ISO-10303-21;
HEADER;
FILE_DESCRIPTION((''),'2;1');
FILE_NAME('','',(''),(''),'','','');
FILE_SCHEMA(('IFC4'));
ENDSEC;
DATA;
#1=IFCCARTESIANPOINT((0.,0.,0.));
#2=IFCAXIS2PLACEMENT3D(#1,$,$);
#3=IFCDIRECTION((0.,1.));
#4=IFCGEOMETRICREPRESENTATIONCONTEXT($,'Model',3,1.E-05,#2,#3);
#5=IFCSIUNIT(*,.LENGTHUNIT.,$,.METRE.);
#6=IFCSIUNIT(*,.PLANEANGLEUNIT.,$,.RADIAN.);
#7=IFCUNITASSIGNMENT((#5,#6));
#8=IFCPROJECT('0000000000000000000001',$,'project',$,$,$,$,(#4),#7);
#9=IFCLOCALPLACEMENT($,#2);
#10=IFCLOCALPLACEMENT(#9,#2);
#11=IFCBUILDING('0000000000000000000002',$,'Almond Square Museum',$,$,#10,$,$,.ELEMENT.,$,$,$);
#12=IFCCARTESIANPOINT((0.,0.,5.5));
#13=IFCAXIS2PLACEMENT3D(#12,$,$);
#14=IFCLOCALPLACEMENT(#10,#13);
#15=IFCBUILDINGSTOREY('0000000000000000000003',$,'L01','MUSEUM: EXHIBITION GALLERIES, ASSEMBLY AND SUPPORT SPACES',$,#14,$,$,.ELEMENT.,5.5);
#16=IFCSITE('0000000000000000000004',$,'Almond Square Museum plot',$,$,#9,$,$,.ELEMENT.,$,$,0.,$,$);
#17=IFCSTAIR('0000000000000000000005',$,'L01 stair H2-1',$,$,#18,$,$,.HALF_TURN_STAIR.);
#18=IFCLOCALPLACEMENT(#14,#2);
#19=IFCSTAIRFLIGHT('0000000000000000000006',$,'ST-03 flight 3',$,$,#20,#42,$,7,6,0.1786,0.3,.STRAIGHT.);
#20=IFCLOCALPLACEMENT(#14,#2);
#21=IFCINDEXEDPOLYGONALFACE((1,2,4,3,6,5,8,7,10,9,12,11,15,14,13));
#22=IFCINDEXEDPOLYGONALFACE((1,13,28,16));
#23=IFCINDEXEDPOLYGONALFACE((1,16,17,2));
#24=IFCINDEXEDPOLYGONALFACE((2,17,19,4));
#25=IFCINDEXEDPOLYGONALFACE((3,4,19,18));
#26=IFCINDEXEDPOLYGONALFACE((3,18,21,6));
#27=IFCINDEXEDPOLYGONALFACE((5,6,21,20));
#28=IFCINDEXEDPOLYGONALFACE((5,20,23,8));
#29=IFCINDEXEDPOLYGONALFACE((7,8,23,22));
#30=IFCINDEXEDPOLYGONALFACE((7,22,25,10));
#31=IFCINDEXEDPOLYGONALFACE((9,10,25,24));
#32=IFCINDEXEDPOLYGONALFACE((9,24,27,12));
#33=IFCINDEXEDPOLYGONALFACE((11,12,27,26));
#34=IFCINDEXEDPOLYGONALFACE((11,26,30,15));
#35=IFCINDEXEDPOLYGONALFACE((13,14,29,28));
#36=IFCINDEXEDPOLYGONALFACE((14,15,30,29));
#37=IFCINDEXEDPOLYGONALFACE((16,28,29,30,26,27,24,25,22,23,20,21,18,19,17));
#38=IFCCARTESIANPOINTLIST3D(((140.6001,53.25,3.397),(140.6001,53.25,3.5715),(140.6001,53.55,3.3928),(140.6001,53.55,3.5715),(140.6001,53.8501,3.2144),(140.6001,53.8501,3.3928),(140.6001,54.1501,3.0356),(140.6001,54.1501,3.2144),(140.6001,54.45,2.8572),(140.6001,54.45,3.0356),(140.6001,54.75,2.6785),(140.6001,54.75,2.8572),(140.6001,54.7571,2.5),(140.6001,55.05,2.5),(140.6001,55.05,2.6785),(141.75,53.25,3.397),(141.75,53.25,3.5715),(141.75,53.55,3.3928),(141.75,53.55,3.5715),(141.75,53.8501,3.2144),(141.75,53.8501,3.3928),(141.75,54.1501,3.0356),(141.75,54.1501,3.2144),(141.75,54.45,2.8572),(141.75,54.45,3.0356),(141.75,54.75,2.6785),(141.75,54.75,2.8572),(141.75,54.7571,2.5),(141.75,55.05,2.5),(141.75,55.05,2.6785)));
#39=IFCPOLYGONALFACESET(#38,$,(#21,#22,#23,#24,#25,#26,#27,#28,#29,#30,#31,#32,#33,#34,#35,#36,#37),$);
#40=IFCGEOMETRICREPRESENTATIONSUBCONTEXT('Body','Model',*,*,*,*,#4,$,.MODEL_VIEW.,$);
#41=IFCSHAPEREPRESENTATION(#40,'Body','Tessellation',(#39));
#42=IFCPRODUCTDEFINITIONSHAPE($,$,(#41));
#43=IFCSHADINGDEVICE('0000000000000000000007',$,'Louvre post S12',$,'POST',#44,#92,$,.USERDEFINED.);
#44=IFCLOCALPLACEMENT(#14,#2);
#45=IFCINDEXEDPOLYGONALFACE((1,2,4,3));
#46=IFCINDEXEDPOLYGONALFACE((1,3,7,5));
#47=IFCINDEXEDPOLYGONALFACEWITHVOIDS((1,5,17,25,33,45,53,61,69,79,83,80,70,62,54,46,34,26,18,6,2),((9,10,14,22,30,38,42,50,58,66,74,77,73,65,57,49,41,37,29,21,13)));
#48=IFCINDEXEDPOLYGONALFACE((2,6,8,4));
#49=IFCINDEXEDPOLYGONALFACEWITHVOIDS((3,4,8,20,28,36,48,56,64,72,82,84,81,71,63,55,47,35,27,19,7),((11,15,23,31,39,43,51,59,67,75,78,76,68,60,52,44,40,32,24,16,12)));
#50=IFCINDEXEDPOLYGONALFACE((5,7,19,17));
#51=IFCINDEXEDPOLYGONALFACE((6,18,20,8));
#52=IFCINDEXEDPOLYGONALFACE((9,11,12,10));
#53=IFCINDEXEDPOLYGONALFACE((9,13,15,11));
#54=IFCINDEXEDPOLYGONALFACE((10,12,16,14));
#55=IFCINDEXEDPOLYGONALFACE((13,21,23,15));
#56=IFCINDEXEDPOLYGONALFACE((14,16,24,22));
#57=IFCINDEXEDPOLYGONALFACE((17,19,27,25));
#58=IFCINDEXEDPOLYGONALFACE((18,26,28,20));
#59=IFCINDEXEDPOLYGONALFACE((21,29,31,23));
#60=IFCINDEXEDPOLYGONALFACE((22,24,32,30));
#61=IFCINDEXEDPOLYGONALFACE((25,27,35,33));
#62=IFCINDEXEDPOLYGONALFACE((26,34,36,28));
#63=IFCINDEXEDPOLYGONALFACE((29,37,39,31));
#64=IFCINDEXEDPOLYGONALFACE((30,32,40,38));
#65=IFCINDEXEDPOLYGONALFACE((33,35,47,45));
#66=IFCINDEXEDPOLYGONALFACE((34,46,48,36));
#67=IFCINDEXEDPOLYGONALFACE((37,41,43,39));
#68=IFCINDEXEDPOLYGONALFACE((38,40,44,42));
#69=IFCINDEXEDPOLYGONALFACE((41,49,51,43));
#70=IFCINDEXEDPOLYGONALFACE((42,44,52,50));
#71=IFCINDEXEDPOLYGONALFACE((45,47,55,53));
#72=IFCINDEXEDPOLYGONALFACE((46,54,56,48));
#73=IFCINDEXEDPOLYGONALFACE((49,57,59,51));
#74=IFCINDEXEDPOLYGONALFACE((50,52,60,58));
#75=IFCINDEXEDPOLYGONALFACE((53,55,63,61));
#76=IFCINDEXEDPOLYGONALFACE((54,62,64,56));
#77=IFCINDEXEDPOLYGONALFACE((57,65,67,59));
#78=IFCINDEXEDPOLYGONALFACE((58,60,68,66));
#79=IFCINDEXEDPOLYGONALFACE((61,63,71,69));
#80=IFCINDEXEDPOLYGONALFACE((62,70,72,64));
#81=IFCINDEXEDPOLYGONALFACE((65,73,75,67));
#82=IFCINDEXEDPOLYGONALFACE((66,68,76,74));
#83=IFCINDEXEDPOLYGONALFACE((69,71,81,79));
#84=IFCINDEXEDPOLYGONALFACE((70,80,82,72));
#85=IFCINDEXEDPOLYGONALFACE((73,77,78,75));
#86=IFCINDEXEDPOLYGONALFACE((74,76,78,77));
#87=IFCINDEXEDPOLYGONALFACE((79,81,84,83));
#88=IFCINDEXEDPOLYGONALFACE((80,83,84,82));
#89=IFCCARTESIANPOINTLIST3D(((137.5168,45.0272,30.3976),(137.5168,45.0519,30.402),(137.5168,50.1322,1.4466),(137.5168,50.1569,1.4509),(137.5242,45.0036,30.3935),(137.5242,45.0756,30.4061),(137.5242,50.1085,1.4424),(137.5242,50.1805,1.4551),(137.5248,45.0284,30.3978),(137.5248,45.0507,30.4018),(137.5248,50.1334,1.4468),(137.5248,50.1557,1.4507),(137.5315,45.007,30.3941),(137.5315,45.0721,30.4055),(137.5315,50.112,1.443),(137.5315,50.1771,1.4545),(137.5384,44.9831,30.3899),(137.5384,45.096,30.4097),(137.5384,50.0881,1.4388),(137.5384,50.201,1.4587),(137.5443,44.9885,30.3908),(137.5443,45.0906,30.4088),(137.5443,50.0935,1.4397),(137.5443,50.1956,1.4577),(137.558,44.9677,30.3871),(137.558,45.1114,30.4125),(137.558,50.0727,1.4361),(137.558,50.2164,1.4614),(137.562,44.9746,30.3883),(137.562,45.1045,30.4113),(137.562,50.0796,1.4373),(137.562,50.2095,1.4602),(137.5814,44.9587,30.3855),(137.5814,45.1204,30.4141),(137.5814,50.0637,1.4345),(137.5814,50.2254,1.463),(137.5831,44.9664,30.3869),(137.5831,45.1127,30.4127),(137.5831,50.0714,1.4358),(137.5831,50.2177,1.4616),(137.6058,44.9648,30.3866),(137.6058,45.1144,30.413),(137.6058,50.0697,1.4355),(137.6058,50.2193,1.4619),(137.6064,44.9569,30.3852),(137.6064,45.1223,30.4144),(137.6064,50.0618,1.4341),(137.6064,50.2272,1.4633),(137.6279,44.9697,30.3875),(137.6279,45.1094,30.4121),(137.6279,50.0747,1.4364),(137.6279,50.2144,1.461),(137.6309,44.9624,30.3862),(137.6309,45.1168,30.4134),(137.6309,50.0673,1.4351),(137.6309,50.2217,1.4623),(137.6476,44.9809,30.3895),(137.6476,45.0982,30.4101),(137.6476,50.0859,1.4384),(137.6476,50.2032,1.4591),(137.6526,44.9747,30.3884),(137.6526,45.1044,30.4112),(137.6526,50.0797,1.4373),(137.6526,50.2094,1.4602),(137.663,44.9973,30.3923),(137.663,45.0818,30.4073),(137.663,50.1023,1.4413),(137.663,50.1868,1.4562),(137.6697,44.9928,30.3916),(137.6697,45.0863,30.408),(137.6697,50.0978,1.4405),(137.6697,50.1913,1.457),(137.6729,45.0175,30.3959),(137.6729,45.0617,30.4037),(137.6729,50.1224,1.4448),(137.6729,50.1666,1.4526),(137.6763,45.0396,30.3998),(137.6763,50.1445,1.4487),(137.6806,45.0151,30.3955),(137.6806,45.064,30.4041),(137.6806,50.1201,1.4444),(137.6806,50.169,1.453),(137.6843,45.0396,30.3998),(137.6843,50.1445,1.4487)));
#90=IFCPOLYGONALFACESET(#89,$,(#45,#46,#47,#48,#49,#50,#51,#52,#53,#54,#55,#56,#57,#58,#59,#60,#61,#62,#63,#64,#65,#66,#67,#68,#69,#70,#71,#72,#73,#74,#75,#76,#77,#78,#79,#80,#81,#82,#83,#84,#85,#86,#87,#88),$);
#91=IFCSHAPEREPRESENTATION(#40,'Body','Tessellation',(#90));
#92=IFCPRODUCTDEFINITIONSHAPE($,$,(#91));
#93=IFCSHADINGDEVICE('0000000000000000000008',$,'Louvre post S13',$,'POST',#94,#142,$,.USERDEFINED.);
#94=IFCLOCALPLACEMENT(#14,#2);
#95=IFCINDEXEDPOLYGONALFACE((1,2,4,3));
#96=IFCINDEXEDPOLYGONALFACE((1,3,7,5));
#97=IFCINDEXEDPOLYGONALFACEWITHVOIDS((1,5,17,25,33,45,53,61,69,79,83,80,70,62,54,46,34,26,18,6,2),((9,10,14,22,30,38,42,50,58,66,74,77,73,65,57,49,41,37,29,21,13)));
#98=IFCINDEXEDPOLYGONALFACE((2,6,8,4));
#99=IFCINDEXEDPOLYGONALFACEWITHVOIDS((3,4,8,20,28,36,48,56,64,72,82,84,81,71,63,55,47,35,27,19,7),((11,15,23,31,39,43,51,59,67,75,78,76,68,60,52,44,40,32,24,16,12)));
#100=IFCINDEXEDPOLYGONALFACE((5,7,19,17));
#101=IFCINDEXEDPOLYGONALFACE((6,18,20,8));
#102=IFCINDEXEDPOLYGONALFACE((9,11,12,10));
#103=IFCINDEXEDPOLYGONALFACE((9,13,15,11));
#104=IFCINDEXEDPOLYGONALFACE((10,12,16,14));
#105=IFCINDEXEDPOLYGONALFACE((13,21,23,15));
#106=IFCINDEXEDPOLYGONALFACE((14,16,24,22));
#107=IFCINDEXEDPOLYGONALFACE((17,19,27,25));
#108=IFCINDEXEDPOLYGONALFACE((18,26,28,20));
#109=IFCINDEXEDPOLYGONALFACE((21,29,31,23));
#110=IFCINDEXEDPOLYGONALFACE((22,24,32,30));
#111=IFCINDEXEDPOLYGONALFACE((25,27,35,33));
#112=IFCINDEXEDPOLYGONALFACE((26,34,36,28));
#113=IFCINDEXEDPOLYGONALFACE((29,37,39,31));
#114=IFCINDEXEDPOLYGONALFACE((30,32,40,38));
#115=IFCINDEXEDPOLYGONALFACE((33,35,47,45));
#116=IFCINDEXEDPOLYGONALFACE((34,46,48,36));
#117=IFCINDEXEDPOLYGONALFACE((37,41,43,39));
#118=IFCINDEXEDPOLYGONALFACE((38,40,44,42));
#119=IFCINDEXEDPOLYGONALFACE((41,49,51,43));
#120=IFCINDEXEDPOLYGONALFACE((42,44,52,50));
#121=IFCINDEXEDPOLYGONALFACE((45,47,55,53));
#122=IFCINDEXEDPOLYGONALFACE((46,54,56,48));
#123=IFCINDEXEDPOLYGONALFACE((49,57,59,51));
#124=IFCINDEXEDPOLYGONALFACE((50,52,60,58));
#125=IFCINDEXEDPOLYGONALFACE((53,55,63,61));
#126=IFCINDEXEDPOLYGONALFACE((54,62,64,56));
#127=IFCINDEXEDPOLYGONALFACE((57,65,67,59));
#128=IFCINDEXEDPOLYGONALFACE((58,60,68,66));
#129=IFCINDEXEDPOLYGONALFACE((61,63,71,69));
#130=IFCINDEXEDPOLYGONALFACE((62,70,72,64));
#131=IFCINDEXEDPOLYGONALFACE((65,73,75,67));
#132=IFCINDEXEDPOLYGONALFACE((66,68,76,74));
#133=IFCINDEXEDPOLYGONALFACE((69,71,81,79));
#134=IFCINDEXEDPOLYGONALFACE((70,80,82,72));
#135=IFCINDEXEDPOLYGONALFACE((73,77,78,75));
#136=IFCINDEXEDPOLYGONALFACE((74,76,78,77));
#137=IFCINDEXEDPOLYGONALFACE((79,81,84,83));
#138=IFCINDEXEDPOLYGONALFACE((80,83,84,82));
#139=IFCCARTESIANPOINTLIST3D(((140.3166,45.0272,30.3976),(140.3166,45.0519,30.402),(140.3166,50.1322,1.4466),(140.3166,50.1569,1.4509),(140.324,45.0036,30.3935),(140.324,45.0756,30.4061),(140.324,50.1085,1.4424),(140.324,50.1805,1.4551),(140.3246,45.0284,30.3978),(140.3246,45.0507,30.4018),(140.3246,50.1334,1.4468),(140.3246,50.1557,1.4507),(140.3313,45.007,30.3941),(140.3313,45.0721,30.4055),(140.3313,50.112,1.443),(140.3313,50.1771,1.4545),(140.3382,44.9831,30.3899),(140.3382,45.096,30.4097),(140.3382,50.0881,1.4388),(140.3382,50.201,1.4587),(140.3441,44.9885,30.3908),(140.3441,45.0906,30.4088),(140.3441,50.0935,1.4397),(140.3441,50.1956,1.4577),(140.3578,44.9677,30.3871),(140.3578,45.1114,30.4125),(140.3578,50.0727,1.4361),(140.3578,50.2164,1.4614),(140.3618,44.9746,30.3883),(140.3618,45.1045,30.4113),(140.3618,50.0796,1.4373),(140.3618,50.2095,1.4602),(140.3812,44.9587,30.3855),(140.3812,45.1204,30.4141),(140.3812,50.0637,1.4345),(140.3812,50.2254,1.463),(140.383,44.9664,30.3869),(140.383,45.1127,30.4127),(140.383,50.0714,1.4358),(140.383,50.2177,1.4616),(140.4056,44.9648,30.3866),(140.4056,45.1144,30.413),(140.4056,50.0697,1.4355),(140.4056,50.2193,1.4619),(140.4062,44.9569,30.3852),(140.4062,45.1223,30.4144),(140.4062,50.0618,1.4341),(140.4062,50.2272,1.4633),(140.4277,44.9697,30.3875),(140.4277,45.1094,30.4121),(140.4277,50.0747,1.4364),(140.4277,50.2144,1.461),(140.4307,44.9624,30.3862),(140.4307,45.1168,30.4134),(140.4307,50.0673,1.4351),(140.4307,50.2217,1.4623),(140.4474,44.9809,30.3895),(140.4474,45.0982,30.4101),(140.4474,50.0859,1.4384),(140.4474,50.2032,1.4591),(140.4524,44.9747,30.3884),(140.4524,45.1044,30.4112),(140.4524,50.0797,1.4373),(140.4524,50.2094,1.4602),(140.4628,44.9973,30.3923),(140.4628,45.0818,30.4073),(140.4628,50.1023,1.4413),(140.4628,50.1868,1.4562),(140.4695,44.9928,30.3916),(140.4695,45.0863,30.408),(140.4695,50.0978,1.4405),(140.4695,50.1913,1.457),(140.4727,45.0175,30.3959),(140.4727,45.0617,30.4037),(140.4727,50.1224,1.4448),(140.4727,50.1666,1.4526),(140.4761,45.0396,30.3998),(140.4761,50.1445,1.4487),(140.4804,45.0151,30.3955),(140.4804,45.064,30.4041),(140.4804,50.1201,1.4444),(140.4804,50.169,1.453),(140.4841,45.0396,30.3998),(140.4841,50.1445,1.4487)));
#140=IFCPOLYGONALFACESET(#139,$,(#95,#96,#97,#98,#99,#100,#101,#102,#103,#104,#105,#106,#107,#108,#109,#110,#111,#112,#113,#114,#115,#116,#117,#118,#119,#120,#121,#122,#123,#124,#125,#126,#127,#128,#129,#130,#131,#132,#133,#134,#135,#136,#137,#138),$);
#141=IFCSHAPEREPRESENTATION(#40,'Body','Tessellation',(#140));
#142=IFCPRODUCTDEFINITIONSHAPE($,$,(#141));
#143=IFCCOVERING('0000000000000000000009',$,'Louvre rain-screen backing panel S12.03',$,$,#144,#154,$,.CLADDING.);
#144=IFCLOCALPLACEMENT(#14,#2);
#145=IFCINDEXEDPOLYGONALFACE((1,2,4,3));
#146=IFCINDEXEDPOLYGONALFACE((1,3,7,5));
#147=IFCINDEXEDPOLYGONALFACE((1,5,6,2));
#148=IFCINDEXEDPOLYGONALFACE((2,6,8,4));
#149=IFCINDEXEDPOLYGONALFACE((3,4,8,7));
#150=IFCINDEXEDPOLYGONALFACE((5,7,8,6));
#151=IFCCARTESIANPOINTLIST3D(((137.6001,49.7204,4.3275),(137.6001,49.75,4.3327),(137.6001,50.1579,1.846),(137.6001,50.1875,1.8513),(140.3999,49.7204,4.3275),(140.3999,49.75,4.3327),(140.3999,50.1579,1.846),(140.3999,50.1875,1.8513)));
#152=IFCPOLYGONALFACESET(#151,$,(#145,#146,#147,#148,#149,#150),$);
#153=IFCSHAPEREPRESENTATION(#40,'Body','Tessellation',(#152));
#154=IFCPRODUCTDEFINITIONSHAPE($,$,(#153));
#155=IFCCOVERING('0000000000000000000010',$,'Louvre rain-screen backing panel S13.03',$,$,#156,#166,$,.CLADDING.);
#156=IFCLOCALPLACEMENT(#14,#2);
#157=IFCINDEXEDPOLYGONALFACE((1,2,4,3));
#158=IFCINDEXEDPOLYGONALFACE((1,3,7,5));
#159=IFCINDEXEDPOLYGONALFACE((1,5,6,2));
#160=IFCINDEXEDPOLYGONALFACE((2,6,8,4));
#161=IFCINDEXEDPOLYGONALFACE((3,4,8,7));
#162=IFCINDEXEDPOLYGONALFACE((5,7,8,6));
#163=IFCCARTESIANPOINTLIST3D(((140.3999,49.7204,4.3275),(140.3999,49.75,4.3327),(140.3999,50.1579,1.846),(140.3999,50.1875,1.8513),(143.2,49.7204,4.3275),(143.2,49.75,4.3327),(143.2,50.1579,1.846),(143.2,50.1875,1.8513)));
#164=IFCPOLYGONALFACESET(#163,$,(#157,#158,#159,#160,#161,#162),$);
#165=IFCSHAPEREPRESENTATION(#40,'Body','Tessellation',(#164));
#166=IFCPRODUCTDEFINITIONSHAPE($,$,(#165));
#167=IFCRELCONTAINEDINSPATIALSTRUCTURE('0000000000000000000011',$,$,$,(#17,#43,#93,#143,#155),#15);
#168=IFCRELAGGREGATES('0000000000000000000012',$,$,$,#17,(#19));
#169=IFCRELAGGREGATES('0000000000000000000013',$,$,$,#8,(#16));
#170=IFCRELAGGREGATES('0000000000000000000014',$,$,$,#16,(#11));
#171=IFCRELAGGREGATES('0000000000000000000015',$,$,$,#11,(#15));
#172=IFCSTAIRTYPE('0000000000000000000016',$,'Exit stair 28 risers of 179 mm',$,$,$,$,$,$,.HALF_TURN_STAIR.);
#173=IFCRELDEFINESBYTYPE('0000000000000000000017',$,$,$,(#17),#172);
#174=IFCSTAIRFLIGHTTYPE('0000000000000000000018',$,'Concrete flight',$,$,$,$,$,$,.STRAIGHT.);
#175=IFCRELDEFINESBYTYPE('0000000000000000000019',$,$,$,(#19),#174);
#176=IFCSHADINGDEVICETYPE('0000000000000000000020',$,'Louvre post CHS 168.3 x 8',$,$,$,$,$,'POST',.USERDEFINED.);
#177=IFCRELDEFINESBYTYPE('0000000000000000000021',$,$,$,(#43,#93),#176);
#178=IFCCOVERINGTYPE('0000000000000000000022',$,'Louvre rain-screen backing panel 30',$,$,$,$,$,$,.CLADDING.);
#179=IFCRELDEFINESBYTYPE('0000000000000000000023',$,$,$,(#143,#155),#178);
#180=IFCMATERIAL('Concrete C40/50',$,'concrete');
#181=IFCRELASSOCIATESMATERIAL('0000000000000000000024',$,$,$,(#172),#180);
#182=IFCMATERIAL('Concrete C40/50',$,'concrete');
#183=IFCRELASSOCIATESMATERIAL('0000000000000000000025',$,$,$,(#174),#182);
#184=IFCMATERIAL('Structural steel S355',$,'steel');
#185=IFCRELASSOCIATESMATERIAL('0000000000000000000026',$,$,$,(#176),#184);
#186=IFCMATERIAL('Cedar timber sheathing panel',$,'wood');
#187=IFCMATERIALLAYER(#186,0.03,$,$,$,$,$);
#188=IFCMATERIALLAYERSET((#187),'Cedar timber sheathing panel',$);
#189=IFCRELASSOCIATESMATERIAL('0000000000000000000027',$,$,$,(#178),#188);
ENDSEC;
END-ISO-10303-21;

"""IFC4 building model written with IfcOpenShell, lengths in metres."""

from ifc_helpers import new_model, si_unit, direction, frame, origin, origin_2d, place, context, subcontext, project, spatial, polyline, hollow_circle, outline, extrude, material, layer, layer_set, material_profile, profile_set, type_object, element, aggregate, save


model = new_model("IFC4")

# Units and contexts
model_context = context("Model", 3, precision=1e-05, world=origin(), true_north=direction((0.0, 1.0)))
body_context = subcontext(model_context, "Body", "Model", "MODEL_VIEW")
ifc_project = project(units=[si_unit("LENGTHUNIT", "METRE"), si_unit("PLANEANGLEUNIT", "RADIAN")], contexts=[model_context])

# Site, building, storey
site_placement = place(None, origin())
site = spatial("IfcSite", under=ifc_project, at=site_placement, Name="Almond Square Museum plot", CompositionType="ELEMENT", RefElevation=0.0)
building_placement = place(site_placement, origin())
building = spatial("IfcBuilding", under=site, at=building_placement, Name="Almond Square Museum", CompositionType="ELEMENT")
storey_placement = place(building_placement, frame((0.0, 0.0, 5.5)))
storey = spatial("IfcBuildingStorey", under=building, at=storey_placement, Name="L01", Description="MUSEUM: EXHIBITION GALLERIES, ASSEMBLY AND SUPPORT SPACES", CompositionType="ELEMENT", Elevation=5.5)

# Stair, stair flight
ifc_material_1 = material(Name="Concrete C40/50", Category="concrete")
stair_type = type_object("IfcStairType", Name="Exit stair 28 risers of 179 mm", PredefinedType="HALF_TURN_STAIR", material=ifc_material_1)
stair_placement = place(storey_placement, origin())
stair = element("IfcStair", 1, at=stair_placement, inside=storey, type_object=stair_type, Name="L01 stair H2-1", PredefinedType="HALF_TURN_STAIR")
ifc_material_2 = material(Name="Concrete C40/50", Category="concrete")
stair_flight_type = type_object("IfcStairFlightType", Name="Concrete flight", PredefinedType="STRAIGHT", material=ifc_material_2)
stair_flight_1_placement = place(storey_placement, frame((141.175, 55.05, 2.5), z_axis=(0.0, 0.0, 1.0), x_axis=(0.0, -1.0, 0.0)))
stair_flight_1 = element("IfcStairFlight", 2, at=stair_flight_1_placement, type_object=stair_flight_type, Name="ST-03 flight 3", NumberOfRisers=7, NumberOfTreads=6, PredefinedType="STRAIGHT", RiserHeight=0.1786, TreadLength=0.3, context=body_context, shape_type="SweptSolid", body=[
    extrude(outline(polyline([(0.0, 0.0), (0.0, 0.1785), (0.3, 0.1785), (0.3, 0.3572), (0.6001, 0.3572), (0.6001, 0.5356), (0.8999, 0.5356), (0.8999, 0.7144), (1.2, 0.7144), (1.2, 0.8928), (1.5, 0.8928), (1.5, 1.0715), (1.8, 1.0715), (1.8, 1.25), (1.8, 0.897), (0.293, 0.0), (0.0, 0.0)])), frame((0.0, 0.575, 0.0), z_axis=(0.0, -1.0, 0.0), x_axis=(1.0, 0.0, 0.0)), (0.0, 0.0, 1.0), 1.1499),
])
aggregate(stair, [stair_flight_1])

# Shading devices
ifc_material_3 = material(Name="Structural steel S355", Category="steel")
ifc_material_profile_1 = material_profile(ifc_material_3, hollow_circle(Radius=0.0842, WallThickness=0.0081, at=origin_2d()))
ifc_profile_set_1 = profile_set([ifc_material_profile_1], Name="Structural steel S355")
shading_device_type = type_object("IfcShadingDeviceType", Name="Louvre post CHS 168.3 x 8", ElementType="POST", PredefinedType="USERDEFINED", material=ifc_profile_set_1)
for number, where, z_axis, x_axis, name in (
    (3, (137.6001, 50.1445, 1.4487), (0.0, -0.173652, 0.984807), (1.0, 0.0, 0.0), "Louvre post S12"),
    (4, (140.3999, 50.1445, 1.4487), (0.0, -0.173652, 0.984807), (1.0, 0.0, 0.0), "Louvre post S13"),
):
    element("IfcShadingDevice", number, at=place(storey_placement, frame(where, z_axis=z_axis, x_axis=x_axis)), inside=storey, type_object=shading_device_type, Name=name, ObjectType="POST", PredefinedType="USERDEFINED", context=body_context, shape_type="SweptSolid", body=[
        extrude(hollow_circle(Radius=0.0842, WallThickness=0.0081, at=origin_2d()), origin(), (0.0, 0.0, 1.0), 29.3977),
    ])

# Coverings
ifc_material_4 = material(Name="Cedar timber sheathing panel", Category="wood")
ifc_layer_1 = layer(ifc_material_4, 0.03)
ifc_layer_set_1 = layer_set([ifc_layer_1], Name="Cedar timber sheathing panel")
covering_type = type_object("IfcCoveringType", Name="Louvre rain-screen backing panel 30", PredefinedType="CLADDING", material=ifc_layer_set_1)
covering_1_placement = place(storey_placement, frame((137.6001, 50.1726, 1.8486), z_axis=(0.0, -0.984811, -0.173631), x_axis=(1.0, 0.0, 0.0)))
element("IfcCovering", 5, at=covering_1_placement, inside=storey, type_object=covering_type, Name="Louvre rain-screen backing panel S12.03", PredefinedType="CLADDING", context=body_context, shape_type="SweptSolid", body=[
    extrude(outline(polyline([(0.0, 0.0), (2.7998, 0.0), (2.7998, 2.5197), (0.0, 2.5197), (0.0, 0.0)])), frame((0.0, 0.0, -0.0151)), (0.0, 0.0, 1.0), 0.03),
])
covering_2_placement = place(storey_placement, frame((140.3999, 50.1726, 1.8486), z_axis=(0.0, -0.984811, -0.173631), x_axis=(1.0, 0.0, 0.0)))
element("IfcCovering", 6, at=covering_2_placement, inside=storey, type_object=covering_type, Name="Louvre rain-screen backing panel S13.03", PredefinedType="CLADDING", context=body_context, shape_type="SweptSolid", body=[
    extrude(outline(polyline([(0.0, 0.0), (2.8, 0.0), (2.8, 2.5197), (0.0, 2.5197), (0.0, 0.0)])), frame((0.0, 0.0, -0.0151)), (0.0, 0.0, 1.0), 0.03),
])

save(model, "model.ifc")
